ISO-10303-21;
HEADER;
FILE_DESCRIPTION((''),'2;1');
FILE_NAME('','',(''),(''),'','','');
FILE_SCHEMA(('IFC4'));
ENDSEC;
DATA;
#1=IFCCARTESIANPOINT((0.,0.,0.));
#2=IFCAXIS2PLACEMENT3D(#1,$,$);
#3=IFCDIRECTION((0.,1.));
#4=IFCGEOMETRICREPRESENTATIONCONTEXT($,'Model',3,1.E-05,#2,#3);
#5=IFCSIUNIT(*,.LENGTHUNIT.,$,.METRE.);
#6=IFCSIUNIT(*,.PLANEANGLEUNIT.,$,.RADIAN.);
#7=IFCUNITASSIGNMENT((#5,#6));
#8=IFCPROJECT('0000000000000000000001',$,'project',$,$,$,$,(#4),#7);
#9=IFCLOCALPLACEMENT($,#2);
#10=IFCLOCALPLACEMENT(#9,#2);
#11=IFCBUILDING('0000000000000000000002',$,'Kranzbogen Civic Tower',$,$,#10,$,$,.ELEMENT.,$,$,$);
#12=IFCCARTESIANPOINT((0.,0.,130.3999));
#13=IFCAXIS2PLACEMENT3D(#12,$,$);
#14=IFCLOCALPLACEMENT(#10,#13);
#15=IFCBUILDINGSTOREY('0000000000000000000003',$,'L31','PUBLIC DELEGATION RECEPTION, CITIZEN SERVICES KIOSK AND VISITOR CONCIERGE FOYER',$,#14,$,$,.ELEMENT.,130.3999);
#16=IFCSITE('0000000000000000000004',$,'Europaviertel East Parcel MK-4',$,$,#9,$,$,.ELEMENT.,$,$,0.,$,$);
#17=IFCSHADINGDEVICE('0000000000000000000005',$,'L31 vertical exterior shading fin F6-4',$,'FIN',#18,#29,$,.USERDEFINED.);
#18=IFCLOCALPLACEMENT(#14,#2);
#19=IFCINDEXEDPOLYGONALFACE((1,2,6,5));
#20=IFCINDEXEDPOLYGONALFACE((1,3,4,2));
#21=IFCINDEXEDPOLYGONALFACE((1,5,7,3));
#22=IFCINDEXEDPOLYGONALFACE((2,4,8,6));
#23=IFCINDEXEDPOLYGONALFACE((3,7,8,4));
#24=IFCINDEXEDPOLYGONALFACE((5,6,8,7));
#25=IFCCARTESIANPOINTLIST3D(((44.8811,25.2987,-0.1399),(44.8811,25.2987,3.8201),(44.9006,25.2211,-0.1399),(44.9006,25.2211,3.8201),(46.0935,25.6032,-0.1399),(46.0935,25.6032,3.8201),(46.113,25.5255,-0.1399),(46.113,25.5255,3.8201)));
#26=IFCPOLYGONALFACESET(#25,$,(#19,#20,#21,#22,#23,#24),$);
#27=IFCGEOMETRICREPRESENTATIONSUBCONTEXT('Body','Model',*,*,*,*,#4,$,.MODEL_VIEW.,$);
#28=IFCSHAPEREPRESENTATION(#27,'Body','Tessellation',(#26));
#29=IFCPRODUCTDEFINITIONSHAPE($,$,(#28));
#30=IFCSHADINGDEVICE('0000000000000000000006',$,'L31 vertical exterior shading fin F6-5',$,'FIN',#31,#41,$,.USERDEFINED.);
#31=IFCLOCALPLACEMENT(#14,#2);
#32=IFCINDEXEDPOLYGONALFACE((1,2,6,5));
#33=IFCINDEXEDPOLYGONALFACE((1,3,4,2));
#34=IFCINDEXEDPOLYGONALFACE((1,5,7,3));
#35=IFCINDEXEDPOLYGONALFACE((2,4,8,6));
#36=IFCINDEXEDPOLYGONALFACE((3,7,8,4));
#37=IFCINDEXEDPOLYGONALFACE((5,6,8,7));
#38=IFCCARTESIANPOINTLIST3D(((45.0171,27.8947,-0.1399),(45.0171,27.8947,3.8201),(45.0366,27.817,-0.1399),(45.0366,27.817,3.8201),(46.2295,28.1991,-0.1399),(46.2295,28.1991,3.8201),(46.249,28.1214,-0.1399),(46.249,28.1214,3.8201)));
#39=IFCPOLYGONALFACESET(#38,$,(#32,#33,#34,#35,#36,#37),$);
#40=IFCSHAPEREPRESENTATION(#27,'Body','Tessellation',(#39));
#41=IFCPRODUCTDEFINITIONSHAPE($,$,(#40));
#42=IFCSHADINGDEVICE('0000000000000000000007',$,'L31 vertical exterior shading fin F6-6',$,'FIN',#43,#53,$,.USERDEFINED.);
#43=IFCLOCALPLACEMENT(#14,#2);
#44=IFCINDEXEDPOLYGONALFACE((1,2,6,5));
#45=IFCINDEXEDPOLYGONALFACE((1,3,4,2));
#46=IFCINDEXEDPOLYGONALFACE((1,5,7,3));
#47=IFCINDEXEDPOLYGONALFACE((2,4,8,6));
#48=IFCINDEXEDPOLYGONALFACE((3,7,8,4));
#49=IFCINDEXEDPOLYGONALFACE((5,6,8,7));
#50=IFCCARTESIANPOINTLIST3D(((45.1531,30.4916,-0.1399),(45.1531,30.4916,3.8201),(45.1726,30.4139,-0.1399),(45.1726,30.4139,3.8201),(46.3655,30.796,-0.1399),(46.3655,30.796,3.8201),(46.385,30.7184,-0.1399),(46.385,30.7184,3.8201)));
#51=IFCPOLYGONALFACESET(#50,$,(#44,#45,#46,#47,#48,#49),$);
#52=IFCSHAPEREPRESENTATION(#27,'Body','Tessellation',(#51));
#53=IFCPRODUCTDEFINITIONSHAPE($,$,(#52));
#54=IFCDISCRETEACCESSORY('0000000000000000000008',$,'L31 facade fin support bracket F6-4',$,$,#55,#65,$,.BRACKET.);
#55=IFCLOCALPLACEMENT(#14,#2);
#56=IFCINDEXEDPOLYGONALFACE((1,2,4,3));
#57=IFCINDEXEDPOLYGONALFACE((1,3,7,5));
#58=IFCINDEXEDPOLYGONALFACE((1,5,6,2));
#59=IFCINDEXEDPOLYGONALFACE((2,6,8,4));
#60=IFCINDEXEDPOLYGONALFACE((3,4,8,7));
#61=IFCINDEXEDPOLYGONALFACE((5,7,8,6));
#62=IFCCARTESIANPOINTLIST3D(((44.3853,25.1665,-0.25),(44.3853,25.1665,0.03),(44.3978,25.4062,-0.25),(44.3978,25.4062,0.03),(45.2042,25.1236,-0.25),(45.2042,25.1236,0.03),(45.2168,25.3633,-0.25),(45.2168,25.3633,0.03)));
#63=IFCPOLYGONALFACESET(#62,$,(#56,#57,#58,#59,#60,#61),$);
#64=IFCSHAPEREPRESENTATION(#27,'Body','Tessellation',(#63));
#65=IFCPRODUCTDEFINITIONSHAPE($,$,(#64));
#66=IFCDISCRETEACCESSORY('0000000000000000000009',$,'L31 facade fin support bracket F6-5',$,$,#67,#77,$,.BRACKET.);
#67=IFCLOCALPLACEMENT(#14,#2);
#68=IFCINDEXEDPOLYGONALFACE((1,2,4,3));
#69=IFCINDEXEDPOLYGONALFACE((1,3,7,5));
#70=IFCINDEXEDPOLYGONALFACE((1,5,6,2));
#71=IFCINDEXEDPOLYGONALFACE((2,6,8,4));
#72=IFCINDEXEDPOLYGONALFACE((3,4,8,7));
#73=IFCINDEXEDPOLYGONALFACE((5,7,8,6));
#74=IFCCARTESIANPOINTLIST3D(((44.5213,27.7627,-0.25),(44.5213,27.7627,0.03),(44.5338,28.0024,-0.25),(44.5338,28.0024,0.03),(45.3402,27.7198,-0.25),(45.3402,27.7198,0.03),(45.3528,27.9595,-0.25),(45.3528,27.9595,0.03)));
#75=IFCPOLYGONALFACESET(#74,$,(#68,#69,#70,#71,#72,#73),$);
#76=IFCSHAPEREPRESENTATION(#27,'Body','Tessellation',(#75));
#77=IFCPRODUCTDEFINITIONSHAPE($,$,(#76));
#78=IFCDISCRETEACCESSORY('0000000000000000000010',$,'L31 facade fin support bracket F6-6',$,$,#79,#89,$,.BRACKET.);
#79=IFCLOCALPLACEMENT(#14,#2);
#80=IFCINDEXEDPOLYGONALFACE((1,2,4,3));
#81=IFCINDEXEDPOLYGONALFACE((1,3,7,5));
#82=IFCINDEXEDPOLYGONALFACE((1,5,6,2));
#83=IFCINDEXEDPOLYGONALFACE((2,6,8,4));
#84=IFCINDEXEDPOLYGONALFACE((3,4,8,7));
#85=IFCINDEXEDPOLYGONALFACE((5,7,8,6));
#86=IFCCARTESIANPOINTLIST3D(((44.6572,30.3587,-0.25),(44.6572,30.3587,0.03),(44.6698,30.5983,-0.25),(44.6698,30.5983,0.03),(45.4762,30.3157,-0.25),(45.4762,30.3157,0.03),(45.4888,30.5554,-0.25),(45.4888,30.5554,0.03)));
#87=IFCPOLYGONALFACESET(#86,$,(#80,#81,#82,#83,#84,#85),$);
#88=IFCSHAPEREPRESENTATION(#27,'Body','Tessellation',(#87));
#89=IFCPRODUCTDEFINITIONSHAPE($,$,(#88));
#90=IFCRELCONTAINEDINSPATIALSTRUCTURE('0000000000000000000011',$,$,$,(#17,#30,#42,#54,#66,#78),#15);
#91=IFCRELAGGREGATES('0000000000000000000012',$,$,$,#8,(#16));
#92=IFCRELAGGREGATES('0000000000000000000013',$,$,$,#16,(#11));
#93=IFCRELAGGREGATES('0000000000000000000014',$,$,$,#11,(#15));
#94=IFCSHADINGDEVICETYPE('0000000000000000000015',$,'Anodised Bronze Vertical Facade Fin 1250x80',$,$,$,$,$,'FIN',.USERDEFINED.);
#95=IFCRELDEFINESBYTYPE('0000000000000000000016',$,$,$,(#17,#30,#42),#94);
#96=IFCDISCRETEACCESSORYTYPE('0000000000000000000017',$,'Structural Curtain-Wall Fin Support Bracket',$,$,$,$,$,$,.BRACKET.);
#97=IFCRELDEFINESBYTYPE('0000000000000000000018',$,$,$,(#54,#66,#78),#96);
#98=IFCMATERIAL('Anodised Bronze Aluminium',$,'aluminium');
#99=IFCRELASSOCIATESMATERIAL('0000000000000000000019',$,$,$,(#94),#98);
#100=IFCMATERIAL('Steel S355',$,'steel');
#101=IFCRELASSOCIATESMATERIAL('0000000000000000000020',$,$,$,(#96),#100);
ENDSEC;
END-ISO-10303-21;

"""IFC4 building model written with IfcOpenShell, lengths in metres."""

from ifc_helpers import new_model, si_unit, direction, frame, origin, origin_2d, place, context, subcontext, project, spatial, rectangle, extrude, material, type_object, element, save


model = new_model("IFC4")

# Units and contexts
model_context = context("Model", 3, precision=1e-05, world=origin(), true_north=direction((0.0, 1.0)))
body_context = subcontext(model_context, "Body", "Model", "MODEL_VIEW")
ifc_project = project(units=[si_unit("LENGTHUNIT", "METRE"), si_unit("PLANEANGLEUNIT", "RADIAN")], contexts=[model_context])

# Site, building, storey
site_placement = place(None, origin())
site = spatial("IfcSite", under=ifc_project, at=site_placement, Name="Europaviertel East Parcel MK-4", CompositionType="ELEMENT", RefElevation=0.0)
building_placement = place(site_placement, origin())
building = spatial("IfcBuilding", under=site, at=building_placement, Name="Kranzbogen Civic Tower", CompositionType="ELEMENT")
storey_placement = place(building_placement, frame((0.0, 0.0, 130.3999)))
storey = spatial("IfcBuildingStorey", under=building, at=storey_placement, Name="L31", Description="PUBLIC DELEGATION RECEPTION, CITIZEN SERVICES KIOSK AND VISITOR CONCIERGE FOYER", CompositionType="ELEMENT", Elevation=130.3999)

# Shared definitions
ifc_material_1 = material(Name="Steel S355", Category="steel")

# Shading devices
ifc_material_2 = material(Name="Anodised Bronze Aluminium", Category="aluminium")
shading_device_type = type_object("IfcShadingDeviceType", Name="Anodised Bronze Vertical Facade Fin 1250x80", ElementType="FIN", PredefinedType="USERDEFINED", material=ifc_material_2)
for number, where, z_axis, x_axis, name in (
    (1, (45.4971, 25.4121, -0.1399), (0.0, 0.0, 1.0), (0.969889, 0.243547, 0.0), "L31 vertical exterior shading fin F6-4"),
    (2, (45.6331, 28.0081, -0.1399), (0.0, 0.0, 1.0), (0.969889, 0.243547, 0.0), "L31 vertical exterior shading fin F6-5"),
    (3, (45.769, 30.605, -0.1399), (0.0, 0.0, 1.0), (0.969889, 0.243547, 0.0), "L31 vertical exterior shading fin F6-6"),
):
    element("IfcShadingDevice", number, at=place(storey_placement, frame(where, z_axis=z_axis, x_axis=x_axis)), inside=storey, type_object=shading_device_type, Name=name, ObjectType="FIN", PredefinedType="USERDEFINED", context=body_context, shape_type="SweptSolid", body=[
        extrude(rectangle(XDim=1.25, YDim=0.0801, at=origin_2d()), origin(), (0.0, 0.0, 1.0), 3.96),
    ])

# Discrete accessories
discrete_accessory_type = type_object("IfcDiscreteAccessoryType", Name="Structural Curtain-Wall Fin Support Bracket", PredefinedType="BRACKET", material=ifc_material_1)
for number, where, z_axis, x_axis, name in (
    (4, (44.801, 25.2649, -0.25), (0.0, 0.0, 1.0), (0.99863, -0.052336, 0.0), "L31 facade fin support bracket F6-4"),
    (5, (44.937, 27.8611, -0.25), (0.0, 0.0, 1.0), (0.99863, -0.052336, 0.0), "L31 facade fin support bracket F6-5"),
    (6, (45.073, 30.457, -0.25), (0.0, 0.0, 1.0), (0.99863, -0.052336, 0.0), "L31 facade fin support bracket F6-6"),
):
    element("IfcDiscreteAccessory", number, at=place(storey_placement, frame(where, z_axis=z_axis, x_axis=x_axis)), inside=storey, type_object=discrete_accessory_type, Name=name, PredefinedType="BRACKET", context=body_context, shape_type="SweptSolid", body=[
        extrude(rectangle(XDim=0.8201, YDim=0.24, at=origin_2d()), origin(), (0.0, 0.0, 1.0), 0.28),
    ])

save(model, "model.ifc")
